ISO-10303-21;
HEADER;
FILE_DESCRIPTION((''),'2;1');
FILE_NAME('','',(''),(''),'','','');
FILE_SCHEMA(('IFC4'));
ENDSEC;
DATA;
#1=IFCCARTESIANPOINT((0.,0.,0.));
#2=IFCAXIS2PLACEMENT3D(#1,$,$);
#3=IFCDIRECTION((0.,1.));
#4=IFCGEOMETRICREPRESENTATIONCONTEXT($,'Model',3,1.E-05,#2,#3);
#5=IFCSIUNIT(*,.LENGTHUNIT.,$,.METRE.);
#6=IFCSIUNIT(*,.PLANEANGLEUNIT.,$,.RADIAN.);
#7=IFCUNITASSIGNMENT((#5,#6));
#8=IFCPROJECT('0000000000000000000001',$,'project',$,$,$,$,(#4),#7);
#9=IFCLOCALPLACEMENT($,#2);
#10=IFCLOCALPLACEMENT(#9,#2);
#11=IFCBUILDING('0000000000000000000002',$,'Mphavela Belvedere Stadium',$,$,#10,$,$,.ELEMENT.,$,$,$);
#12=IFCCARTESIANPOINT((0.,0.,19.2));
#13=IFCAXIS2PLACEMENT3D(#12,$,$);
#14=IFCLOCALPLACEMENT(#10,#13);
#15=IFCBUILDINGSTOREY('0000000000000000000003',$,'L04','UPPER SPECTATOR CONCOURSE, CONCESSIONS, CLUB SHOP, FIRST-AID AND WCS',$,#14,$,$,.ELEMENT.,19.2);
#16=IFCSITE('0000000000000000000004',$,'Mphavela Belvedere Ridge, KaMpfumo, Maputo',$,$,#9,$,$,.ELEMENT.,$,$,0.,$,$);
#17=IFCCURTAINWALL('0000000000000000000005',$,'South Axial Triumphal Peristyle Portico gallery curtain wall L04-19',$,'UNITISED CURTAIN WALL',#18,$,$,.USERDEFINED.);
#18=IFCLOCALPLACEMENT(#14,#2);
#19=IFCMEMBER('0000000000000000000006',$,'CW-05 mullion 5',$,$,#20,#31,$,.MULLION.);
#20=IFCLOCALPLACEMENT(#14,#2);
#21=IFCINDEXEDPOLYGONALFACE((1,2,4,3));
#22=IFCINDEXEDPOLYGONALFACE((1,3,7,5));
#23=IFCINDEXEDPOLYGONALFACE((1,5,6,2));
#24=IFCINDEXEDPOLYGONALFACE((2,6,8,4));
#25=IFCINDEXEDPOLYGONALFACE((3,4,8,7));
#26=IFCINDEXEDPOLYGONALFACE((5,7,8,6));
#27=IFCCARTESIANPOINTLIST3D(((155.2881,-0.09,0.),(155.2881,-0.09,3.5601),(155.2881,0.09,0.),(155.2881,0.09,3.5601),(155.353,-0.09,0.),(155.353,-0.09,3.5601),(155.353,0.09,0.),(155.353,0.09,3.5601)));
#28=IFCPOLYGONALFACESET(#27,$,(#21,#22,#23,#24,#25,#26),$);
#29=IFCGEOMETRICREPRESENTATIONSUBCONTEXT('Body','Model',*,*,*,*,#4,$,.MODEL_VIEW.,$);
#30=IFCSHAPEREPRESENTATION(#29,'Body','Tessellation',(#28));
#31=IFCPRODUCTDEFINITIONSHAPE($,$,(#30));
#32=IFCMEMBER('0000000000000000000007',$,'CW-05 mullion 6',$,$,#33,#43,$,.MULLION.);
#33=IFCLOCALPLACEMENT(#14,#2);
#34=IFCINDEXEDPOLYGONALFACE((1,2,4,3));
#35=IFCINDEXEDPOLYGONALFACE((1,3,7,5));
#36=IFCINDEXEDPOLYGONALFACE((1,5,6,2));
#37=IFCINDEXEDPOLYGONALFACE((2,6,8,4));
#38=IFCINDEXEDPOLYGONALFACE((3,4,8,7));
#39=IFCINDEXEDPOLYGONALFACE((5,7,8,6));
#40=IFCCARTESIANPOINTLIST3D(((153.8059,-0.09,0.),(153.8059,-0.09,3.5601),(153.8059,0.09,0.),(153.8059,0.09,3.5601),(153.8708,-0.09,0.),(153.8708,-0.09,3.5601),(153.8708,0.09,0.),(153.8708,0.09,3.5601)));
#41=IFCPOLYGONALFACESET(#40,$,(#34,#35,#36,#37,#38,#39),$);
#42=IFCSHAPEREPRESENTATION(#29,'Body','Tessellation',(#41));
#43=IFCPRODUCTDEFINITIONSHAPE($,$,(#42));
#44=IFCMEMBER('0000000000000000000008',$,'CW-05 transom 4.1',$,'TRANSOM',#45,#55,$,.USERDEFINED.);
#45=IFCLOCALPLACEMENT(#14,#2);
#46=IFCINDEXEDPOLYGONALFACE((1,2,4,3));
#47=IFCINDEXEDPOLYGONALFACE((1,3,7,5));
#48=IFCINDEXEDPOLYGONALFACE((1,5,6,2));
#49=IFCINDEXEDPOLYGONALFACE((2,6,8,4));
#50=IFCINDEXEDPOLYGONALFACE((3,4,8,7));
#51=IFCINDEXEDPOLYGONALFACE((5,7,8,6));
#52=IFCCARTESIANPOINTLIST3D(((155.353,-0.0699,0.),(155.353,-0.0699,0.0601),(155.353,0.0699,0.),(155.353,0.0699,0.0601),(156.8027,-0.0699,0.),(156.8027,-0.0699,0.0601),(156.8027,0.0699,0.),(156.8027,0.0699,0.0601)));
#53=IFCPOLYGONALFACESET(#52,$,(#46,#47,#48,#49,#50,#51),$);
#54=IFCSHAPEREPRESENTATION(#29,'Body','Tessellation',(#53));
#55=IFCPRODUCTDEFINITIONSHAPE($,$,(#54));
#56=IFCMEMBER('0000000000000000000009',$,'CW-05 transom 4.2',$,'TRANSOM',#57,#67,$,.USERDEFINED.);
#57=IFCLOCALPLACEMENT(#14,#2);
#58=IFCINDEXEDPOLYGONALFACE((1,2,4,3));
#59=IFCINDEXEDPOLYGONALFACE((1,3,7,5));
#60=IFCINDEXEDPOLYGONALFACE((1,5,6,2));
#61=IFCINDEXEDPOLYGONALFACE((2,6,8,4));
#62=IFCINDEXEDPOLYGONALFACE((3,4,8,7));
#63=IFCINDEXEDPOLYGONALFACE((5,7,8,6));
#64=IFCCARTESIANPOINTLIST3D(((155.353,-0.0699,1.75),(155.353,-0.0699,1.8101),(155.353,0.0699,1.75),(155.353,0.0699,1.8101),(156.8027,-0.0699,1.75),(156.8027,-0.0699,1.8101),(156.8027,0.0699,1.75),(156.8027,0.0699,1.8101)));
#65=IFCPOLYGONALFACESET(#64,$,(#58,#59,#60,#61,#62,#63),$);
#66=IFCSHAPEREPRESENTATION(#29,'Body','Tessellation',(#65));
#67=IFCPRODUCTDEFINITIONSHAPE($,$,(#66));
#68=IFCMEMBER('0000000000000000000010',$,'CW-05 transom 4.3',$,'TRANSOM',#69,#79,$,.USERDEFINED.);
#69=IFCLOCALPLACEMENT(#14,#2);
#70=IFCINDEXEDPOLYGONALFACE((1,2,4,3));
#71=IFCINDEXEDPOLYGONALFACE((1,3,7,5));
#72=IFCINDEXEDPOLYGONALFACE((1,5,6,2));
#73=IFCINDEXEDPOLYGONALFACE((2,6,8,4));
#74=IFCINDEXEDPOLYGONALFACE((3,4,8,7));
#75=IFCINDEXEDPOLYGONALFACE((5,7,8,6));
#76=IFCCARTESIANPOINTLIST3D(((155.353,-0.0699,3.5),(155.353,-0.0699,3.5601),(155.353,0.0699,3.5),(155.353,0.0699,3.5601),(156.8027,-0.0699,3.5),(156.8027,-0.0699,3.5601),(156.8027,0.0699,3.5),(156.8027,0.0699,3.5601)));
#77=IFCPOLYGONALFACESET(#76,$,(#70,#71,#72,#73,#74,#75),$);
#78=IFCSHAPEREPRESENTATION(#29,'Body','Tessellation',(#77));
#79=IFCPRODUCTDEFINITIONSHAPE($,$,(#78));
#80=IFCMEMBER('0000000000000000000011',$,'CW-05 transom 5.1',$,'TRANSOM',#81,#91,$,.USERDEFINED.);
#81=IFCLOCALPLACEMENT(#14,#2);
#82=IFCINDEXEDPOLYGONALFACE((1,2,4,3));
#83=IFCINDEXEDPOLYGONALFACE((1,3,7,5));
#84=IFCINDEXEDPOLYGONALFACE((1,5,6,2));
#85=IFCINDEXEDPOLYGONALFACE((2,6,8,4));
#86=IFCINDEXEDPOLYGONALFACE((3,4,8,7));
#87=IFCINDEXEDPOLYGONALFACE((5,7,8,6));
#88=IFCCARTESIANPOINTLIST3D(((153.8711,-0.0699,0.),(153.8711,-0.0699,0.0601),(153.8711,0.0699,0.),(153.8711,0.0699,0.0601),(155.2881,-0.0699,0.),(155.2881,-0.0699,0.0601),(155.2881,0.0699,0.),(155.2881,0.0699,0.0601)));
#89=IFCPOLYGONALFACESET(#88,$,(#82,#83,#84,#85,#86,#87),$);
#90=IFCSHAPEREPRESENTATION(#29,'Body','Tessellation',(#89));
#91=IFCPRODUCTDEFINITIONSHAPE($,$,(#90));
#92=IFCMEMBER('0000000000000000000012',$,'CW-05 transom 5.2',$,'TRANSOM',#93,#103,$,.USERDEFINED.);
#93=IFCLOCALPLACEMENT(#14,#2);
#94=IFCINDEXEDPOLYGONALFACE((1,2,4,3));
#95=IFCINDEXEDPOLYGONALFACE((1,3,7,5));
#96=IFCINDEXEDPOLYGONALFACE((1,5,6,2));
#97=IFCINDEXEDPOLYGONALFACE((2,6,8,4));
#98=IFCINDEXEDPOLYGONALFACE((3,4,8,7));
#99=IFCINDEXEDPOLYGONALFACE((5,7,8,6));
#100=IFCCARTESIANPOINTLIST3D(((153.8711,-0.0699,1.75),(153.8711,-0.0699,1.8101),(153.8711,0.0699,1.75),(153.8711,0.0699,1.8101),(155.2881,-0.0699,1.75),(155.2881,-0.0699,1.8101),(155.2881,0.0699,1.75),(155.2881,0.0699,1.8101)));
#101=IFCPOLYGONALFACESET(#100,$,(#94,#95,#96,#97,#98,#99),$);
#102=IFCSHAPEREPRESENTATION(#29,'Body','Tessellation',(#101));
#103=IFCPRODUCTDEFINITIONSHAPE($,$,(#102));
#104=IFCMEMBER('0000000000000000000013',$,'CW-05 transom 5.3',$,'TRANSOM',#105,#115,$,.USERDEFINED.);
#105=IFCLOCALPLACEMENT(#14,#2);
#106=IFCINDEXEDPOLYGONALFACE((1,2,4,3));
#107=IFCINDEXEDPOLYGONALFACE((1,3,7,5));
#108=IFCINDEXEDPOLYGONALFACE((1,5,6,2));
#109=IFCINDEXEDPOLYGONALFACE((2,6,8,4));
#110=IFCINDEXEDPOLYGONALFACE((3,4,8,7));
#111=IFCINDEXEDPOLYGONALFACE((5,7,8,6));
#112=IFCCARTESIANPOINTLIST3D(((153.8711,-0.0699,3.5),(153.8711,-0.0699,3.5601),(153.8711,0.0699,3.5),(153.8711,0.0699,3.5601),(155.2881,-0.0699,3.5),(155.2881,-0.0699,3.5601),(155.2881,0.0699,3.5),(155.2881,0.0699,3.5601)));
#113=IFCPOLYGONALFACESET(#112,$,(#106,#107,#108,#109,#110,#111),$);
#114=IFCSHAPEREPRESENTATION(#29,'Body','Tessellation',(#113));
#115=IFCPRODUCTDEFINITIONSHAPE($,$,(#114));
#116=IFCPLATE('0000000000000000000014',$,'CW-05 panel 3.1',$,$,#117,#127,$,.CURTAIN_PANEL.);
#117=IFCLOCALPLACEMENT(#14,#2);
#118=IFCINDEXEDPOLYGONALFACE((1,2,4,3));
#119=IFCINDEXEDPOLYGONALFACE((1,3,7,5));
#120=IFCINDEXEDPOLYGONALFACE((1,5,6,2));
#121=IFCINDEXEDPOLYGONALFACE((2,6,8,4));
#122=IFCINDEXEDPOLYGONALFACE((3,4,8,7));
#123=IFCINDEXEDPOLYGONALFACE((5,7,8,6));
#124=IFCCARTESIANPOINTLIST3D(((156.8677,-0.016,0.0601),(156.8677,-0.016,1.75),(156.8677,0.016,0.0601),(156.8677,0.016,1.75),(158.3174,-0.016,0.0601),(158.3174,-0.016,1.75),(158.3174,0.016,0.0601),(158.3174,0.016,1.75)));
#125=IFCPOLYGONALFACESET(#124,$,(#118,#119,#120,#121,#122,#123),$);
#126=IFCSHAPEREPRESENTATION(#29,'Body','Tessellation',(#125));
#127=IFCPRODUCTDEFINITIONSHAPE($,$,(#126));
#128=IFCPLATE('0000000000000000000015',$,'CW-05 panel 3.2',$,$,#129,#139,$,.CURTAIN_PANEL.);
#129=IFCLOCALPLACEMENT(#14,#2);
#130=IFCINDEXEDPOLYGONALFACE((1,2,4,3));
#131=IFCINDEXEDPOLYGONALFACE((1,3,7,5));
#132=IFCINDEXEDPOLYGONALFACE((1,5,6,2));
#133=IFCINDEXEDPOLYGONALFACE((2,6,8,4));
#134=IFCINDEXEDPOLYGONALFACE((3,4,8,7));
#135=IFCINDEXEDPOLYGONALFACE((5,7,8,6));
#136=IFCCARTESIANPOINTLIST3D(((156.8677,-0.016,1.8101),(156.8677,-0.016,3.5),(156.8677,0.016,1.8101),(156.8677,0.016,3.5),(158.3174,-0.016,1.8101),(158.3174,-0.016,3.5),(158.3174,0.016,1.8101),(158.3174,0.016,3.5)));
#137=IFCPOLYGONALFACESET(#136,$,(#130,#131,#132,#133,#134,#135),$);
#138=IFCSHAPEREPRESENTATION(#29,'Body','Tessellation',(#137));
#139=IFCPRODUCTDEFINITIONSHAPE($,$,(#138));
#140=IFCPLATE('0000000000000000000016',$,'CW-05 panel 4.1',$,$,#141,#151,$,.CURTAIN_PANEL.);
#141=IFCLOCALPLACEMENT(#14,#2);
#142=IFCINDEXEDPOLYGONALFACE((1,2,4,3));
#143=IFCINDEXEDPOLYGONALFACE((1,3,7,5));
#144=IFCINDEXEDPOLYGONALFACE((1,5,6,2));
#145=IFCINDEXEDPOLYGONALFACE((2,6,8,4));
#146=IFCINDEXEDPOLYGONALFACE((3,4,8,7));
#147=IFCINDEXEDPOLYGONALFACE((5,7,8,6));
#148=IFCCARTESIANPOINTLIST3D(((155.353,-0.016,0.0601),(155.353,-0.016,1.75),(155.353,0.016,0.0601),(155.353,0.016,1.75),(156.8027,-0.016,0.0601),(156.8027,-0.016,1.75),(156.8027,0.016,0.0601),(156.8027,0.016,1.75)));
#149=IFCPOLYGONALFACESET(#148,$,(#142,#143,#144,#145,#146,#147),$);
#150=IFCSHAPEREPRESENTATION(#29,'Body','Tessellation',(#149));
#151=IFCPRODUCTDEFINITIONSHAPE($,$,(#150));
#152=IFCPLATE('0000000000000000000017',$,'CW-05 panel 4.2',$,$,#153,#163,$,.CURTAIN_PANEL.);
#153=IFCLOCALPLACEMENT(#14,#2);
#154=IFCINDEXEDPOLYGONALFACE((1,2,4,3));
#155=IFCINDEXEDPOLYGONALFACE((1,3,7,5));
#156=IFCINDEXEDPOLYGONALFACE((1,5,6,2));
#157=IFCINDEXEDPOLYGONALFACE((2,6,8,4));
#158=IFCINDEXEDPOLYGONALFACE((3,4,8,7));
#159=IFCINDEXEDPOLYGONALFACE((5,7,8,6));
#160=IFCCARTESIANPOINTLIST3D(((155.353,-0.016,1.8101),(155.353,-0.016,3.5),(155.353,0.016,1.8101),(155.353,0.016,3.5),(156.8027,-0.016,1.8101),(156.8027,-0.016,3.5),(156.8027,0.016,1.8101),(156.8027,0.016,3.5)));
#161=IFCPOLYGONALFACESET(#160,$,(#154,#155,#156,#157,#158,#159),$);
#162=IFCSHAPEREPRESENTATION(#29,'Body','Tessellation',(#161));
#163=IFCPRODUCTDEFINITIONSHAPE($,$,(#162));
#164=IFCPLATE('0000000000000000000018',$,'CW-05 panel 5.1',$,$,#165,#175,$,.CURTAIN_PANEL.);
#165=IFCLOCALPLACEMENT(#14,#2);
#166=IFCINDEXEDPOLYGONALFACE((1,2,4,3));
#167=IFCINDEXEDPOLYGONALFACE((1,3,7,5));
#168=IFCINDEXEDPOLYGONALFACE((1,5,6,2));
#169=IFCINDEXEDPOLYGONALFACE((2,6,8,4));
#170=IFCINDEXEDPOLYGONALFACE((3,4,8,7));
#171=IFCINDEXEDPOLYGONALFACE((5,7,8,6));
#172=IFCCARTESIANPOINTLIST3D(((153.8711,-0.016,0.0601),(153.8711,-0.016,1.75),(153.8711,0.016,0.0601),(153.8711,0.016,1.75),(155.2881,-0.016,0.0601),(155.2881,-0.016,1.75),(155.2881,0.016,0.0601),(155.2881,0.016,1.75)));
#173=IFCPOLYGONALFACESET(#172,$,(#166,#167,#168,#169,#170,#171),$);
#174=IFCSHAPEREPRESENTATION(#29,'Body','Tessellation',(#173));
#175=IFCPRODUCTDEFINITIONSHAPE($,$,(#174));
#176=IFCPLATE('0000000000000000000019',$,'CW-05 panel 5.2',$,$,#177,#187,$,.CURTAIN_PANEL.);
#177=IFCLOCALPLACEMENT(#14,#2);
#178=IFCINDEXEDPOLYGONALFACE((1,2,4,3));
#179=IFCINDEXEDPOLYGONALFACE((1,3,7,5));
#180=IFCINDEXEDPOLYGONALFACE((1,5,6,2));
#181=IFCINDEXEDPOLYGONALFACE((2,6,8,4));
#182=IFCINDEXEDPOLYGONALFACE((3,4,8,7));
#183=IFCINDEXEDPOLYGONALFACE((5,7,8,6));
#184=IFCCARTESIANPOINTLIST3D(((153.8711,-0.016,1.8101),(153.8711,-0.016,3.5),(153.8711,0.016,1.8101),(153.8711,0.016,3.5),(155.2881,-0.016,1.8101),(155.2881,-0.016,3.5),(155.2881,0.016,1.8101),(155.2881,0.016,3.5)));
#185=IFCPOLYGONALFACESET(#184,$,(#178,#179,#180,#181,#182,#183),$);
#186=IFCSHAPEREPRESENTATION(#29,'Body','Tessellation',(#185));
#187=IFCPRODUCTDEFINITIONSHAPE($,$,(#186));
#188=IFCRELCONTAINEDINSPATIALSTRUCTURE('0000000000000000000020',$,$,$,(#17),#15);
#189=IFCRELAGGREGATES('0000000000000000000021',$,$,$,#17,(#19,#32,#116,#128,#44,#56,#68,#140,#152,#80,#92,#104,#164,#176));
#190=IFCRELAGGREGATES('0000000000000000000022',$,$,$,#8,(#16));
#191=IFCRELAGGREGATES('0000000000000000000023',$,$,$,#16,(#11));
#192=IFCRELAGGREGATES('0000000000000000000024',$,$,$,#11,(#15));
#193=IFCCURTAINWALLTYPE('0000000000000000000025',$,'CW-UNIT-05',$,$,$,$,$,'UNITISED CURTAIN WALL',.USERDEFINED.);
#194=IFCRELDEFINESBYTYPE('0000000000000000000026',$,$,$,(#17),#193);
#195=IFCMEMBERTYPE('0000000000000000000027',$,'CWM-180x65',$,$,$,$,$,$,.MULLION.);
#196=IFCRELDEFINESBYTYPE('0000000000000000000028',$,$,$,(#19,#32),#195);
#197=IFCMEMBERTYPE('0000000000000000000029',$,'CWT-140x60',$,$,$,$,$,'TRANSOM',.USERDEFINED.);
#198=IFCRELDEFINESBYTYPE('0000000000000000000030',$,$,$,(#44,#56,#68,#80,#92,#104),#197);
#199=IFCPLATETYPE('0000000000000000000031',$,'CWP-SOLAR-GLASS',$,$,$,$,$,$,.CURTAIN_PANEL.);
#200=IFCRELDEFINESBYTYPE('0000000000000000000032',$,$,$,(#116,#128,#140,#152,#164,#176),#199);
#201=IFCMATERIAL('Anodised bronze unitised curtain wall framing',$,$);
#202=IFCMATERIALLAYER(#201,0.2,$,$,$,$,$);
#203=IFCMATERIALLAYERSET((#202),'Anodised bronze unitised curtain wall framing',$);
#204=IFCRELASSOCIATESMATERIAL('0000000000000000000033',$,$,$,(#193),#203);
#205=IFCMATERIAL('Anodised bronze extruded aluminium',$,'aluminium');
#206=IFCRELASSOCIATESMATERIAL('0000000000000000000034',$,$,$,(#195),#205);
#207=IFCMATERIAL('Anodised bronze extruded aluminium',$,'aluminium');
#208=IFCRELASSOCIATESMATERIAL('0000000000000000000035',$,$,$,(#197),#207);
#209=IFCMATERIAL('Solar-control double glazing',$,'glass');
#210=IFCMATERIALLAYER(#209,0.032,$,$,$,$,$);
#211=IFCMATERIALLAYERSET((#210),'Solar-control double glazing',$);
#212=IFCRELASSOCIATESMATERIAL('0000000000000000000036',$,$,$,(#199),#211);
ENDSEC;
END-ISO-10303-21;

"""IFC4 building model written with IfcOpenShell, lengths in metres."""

from ifc_helpers import new_model, si_unit, direction, frame, origin, origin_2d, place, context, subcontext, project, spatial, rectangle, extrude, material, layer, layer_set, material_profile, profile_set, type_object, element, aggregate, save


model = new_model("IFC4")

# Units and contexts
model_context = context("Model", 3, precision=1e-05, world=origin(), true_north=direction((0.0, 1.0)))
body_context = subcontext(model_context, "Body", "Model", "MODEL_VIEW")
ifc_project = project(units=[si_unit("LENGTHUNIT", "METRE"), si_unit("PLANEANGLEUNIT", "RADIAN")], contexts=[model_context])

# Site, building, storey
site_placement = place(None, origin())
site = spatial("IfcSite", under=ifc_project, at=site_placement, Name="Mphavela Belvedere Ridge, KaMpfumo, Maputo", CompositionType="ELEMENT", RefElevation=0.0)
building_placement = place(site_placement, origin())
building = spatial("IfcBuilding", under=site, at=building_placement, Name="Mphavela Belvedere Stadium", CompositionType="ELEMENT")
storey_placement = place(building_placement, frame((0.0, 0.0, 19.2)))
storey = spatial("IfcBuildingStorey", under=building, at=storey_placement, Name="L04", Description="UPPER SPECTATOR CONCOURSE, CONCESSIONS, CLUB SHOP, FIRST-AID AND WCS", CompositionType="ELEMENT", Elevation=19.2)

# Curtain wall, members, plates
ifc_material_1 = material(Name="Anodised bronze unitised curtain wall framing")
ifc_layer_1 = layer(ifc_material_1, 0.2)
ifc_layer_set_1 = layer_set([ifc_layer_1], Name="Anodised bronze unitised curtain wall framing")
curtain_wall_type = type_object("IfcCurtainWallType", Name="CW-UNIT-05", ElementType="UNITISED CURTAIN WALL", PredefinedType="USERDEFINED", material=ifc_layer_set_1)
curtain_wall_placement = place(storey_placement, origin())
curtain_wall = element("IfcCurtainWall", 1, at=curtain_wall_placement, inside=storey, type_object=curtain_wall_type, Name="South Axial Triumphal Peristyle Portico gallery curtain wall L04-19", ObjectType="UNITISED CURTAIN WALL", PredefinedType="USERDEFINED")
ifc_material_2 = material(Name="Anodised bronze extruded aluminium", Category="aluminium")
ifc_material_profile_1 = material_profile(ifc_material_2, rectangle(XDim=0.1799, YDim=0.0649, at=origin_2d()), Name="CW-MUL 180x65")
ifc_profile_set_1 = profile_set([ifc_material_profile_1], Name="Anodised bronze extruded aluminium")
member_type_1 = type_object("IfcMemberType", Name="CWM-180x65", PredefinedType="MULLION", material=ifc_profile_set_1)
member_1_placement = place(storey_placement, frame((155.3206, 0.0, 0.0), z_axis=(0.0, 0.0, 1.0), x_axis=(0.0, -1.0, 0.0)))
member_1 = element("IfcMember", 2, at=member_1_placement, type_object=member_type_1, Name="CW-05 mullion 5", PredefinedType="MULLION", context=body_context, shape_type="SweptSolid", body=[
    extrude(rectangle(XDim=0.1799, YDim=0.0649, at=origin_2d()), origin(), (0.0, 0.0, 1.0), 3.5601),
])
member_2_placement = place(storey_placement, frame((153.8384, 0.0, 0.0), z_axis=(0.0, 0.0, 1.0), x_axis=(0.0, -1.0, 0.0)))
member_2 = element("IfcMember", 3, at=member_2_placement, type_object=member_type_1, Name="CW-05 mullion 6", PredefinedType="MULLION", context=body_context, shape_type="SweptSolid", body=[
    extrude(rectangle(XDim=0.1799, YDim=0.0649, at=origin_2d()), origin(), (0.0, 0.0, 1.0), 3.5601),
])
ifc_material_3 = material(Name="Anodised bronze extruded aluminium", Category="aluminium")
ifc_material_profile_2 = material_profile(ifc_material_3, rectangle(XDim=0.1399, YDim=0.0601, at=origin_2d()), Name="CW-TRN 140x60")
ifc_profile_set_2 = profile_set([ifc_material_profile_2], Name="Anodised bronze extruded aluminium")
member_type_2 = type_object("IfcMemberType", Name="CWT-140x60", ElementType="TRANSOM", PredefinedType="USERDEFINED", material=ifc_profile_set_2)
member_3_placement = place(storey_placement, frame((156.8027, 0.0, 0.03), z_axis=(-1.0, 0.0, 0.0), x_axis=(0.0, -1.0, 0.0)))
member_3 = element("IfcMember", 4, at=member_3_placement, type_object=member_type_2, Name="CW-05 transom 4.1", ObjectType="TRANSOM", PredefinedType="USERDEFINED", context=body_context, shape_type="SweptSolid", body=[
    extrude(rectangle(XDim=0.1399, YDim=0.0601, at=origin_2d()), origin(), (0.0, 0.0, 1.0), 1.4497),
])
member_4_placement = place(storey_placement, frame((156.8027, 0.0, 1.78), z_axis=(-1.0, 0.0, 0.0), x_axis=(0.0, -1.0, 0.0)))
member_4 = element("IfcMember", 5, at=member_4_placement, type_object=member_type_2, Name="CW-05 transom 4.2", ObjectType="TRANSOM", PredefinedType="USERDEFINED", context=body_context, shape_type="SweptSolid", body=[
    extrude(rectangle(XDim=0.1399, YDim=0.0601, at=origin_2d()), origin(), (0.0, 0.0, 1.0), 1.4497),
])
member_5_placement = place(storey_placement, frame((156.8027, 0.0, 3.53), z_axis=(-1.0, 0.0, 0.0), x_axis=(0.0, -1.0, 0.0)))
member_5 = element("IfcMember", 6, at=member_5_placement, type_object=member_type_2, Name="CW-05 transom 4.3", ObjectType="TRANSOM", PredefinedType="USERDEFINED", context=body_context, shape_type="SweptSolid", body=[
    extrude(rectangle(XDim=0.1399, YDim=0.0601, at=origin_2d()), origin(), (0.0, 0.0, 1.0), 1.4497),
])
member_6_placement = place(storey_placement, frame((155.2881, 0.0, 0.03), z_axis=(-1.0, 0.0, 0.0), x_axis=(0.0, -1.0, 0.0)))
member_6 = element("IfcMember", 7, at=member_6_placement, type_object=member_type_2, Name="CW-05 transom 5.1", ObjectType="TRANSOM", PredefinedType="USERDEFINED", context=body_context, shape_type="SweptSolid", body=[
    extrude(rectangle(XDim=0.1399, YDim=0.0601, at=origin_2d()), origin(), (0.0, 0.0, 1.0), 1.417),
])
member_7_placement = place(storey_placement, frame((155.2881, 0.0, 1.78), z_axis=(-1.0, 0.0, 0.0), x_axis=(0.0, -1.0, 0.0)))
member_7 = element("IfcMember", 8, at=member_7_placement, type_object=member_type_2, Name="CW-05 transom 5.2", ObjectType="TRANSOM", PredefinedType="USERDEFINED", context=body_context, shape_type="SweptSolid", body=[
    extrude(rectangle(XDim=0.1399, YDim=0.0601, at=origin_2d()), origin(), (0.0, 0.0, 1.0), 1.417),
])
member_8_placement = place(storey_placement, frame((155.2881, 0.0, 3.53), z_axis=(-1.0, 0.0, 0.0), x_axis=(0.0, -1.0, 0.0)))
member_8 = element("IfcMember", 9, at=member_8_placement, type_object=member_type_2, Name="CW-05 transom 5.3", ObjectType="TRANSOM", PredefinedType="USERDEFINED", context=body_context, shape_type="SweptSolid", body=[
    extrude(rectangle(XDim=0.1399, YDim=0.0601, at=origin_2d()), origin(), (0.0, 0.0, 1.0), 1.417),
])
ifc_material_4 = material(Name="Solar-control double glazing", Category="glass")
ifc_layer_2 = layer(ifc_material_4, 0.032)
ifc_layer_set_2 = layer_set([ifc_layer_2], Name="Solar-control double glazing")
plate_type = type_object("IfcPlateType", Name="CWP-SOLAR-GLASS", PredefinedType="CURTAIN_PANEL", material=ifc_layer_set_2)
plate_1_placement = place(storey_placement, frame((157.5925, 0.0, 0.0601), z_axis=(0.0, 0.0, 1.0), x_axis=(-1.0, 0.0, 0.0)))
plate_1 = element("IfcPlate", 10, at=plate_1_placement, type_object=plate_type, Name="CW-05 panel 3.1", PredefinedType="CURTAIN_PANEL", context=body_context, shape_type="SweptSolid", body=[
    extrude(rectangle(XDim=1.4497, YDim=0.032, at=origin_2d()), origin(), (0.0, 0.0, 1.0), 1.6899),
])
plate_2_placement = place(storey_placement, frame((157.5925, 0.0, 1.8101), z_axis=(0.0, 0.0, 1.0), x_axis=(-1.0, 0.0, 0.0)))
plate_2 = element("IfcPlate", 11, at=plate_2_placement, type_object=plate_type, Name="CW-05 panel 3.2", PredefinedType="CURTAIN_PANEL", context=body_context, shape_type="SweptSolid", body=[
    extrude(rectangle(XDim=1.4497, YDim=0.032, at=origin_2d()), origin(), (0.0, 0.0, 1.0), 1.6899),
])
plate_3_placement = place(storey_placement, frame((156.0779, 0.0, 0.0601), z_axis=(0.0, 0.0, 1.0), x_axis=(-1.0, 0.0, 0.0)))
plate_3 = element("IfcPlate", 12, at=plate_3_placement, type_object=plate_type, Name="CW-05 panel 4.1", PredefinedType="CURTAIN_PANEL", context=body_context, shape_type="SweptSolid", body=[
    extrude(rectangle(XDim=1.4497, YDim=0.032, at=origin_2d()), origin(), (0.0, 0.0, 1.0), 1.6899),
])
plate_4_placement = place(storey_placement, frame((156.0779, 0.0, 1.8101), z_axis=(0.0, 0.0, 1.0), x_axis=(-1.0, 0.0, 0.0)))
plate_4 = element("IfcPlate", 13, at=plate_4_placement, type_object=plate_type, Name="CW-05 panel 4.2", PredefinedType="CURTAIN_PANEL", context=body_context, shape_type="SweptSolid", body=[
    extrude(rectangle(XDim=1.4497, YDim=0.032, at=origin_2d()), origin(), (0.0, 0.0, 1.0), 1.6899),
])
plate_5_placement = place(storey_placement, frame((154.5796, 0.0, 0.0601), z_axis=(0.0, 0.0, 1.0), x_axis=(-1.0, 0.0, 0.0)))
plate_5 = element("IfcPlate", 14, at=plate_5_placement, type_object=plate_type, Name="CW-05 panel 5.1", PredefinedType="CURTAIN_PANEL", context=body_context, shape_type="SweptSolid", body=[
    extrude(rectangle(XDim=1.417, YDim=0.032, at=origin_2d()), origin(), (0.0, 0.0, 1.0), 1.6899),
])
plate_6_placement = place(storey_placement, frame((154.5796, 0.0, 1.8101), z_axis=(0.0, 0.0, 1.0), x_axis=(-1.0, 0.0, 0.0)))
plate_6 = element("IfcPlate", 15, at=plate_6_placement, type_object=plate_type, Name="CW-05 panel 5.2", PredefinedType="CURTAIN_PANEL", context=body_context, shape_type="SweptSolid", body=[
    extrude(rectangle(XDim=1.417, YDim=0.032, at=origin_2d()), origin(), (0.0, 0.0, 1.0), 1.6899),
])
aggregate(curtain_wall, [member_1, member_2, plate_1, plate_2, member_3, member_4, member_5, plate_3, plate_4, member_6, member_7, member_8, plate_5, plate_6])

save(model, "model.ifc")
